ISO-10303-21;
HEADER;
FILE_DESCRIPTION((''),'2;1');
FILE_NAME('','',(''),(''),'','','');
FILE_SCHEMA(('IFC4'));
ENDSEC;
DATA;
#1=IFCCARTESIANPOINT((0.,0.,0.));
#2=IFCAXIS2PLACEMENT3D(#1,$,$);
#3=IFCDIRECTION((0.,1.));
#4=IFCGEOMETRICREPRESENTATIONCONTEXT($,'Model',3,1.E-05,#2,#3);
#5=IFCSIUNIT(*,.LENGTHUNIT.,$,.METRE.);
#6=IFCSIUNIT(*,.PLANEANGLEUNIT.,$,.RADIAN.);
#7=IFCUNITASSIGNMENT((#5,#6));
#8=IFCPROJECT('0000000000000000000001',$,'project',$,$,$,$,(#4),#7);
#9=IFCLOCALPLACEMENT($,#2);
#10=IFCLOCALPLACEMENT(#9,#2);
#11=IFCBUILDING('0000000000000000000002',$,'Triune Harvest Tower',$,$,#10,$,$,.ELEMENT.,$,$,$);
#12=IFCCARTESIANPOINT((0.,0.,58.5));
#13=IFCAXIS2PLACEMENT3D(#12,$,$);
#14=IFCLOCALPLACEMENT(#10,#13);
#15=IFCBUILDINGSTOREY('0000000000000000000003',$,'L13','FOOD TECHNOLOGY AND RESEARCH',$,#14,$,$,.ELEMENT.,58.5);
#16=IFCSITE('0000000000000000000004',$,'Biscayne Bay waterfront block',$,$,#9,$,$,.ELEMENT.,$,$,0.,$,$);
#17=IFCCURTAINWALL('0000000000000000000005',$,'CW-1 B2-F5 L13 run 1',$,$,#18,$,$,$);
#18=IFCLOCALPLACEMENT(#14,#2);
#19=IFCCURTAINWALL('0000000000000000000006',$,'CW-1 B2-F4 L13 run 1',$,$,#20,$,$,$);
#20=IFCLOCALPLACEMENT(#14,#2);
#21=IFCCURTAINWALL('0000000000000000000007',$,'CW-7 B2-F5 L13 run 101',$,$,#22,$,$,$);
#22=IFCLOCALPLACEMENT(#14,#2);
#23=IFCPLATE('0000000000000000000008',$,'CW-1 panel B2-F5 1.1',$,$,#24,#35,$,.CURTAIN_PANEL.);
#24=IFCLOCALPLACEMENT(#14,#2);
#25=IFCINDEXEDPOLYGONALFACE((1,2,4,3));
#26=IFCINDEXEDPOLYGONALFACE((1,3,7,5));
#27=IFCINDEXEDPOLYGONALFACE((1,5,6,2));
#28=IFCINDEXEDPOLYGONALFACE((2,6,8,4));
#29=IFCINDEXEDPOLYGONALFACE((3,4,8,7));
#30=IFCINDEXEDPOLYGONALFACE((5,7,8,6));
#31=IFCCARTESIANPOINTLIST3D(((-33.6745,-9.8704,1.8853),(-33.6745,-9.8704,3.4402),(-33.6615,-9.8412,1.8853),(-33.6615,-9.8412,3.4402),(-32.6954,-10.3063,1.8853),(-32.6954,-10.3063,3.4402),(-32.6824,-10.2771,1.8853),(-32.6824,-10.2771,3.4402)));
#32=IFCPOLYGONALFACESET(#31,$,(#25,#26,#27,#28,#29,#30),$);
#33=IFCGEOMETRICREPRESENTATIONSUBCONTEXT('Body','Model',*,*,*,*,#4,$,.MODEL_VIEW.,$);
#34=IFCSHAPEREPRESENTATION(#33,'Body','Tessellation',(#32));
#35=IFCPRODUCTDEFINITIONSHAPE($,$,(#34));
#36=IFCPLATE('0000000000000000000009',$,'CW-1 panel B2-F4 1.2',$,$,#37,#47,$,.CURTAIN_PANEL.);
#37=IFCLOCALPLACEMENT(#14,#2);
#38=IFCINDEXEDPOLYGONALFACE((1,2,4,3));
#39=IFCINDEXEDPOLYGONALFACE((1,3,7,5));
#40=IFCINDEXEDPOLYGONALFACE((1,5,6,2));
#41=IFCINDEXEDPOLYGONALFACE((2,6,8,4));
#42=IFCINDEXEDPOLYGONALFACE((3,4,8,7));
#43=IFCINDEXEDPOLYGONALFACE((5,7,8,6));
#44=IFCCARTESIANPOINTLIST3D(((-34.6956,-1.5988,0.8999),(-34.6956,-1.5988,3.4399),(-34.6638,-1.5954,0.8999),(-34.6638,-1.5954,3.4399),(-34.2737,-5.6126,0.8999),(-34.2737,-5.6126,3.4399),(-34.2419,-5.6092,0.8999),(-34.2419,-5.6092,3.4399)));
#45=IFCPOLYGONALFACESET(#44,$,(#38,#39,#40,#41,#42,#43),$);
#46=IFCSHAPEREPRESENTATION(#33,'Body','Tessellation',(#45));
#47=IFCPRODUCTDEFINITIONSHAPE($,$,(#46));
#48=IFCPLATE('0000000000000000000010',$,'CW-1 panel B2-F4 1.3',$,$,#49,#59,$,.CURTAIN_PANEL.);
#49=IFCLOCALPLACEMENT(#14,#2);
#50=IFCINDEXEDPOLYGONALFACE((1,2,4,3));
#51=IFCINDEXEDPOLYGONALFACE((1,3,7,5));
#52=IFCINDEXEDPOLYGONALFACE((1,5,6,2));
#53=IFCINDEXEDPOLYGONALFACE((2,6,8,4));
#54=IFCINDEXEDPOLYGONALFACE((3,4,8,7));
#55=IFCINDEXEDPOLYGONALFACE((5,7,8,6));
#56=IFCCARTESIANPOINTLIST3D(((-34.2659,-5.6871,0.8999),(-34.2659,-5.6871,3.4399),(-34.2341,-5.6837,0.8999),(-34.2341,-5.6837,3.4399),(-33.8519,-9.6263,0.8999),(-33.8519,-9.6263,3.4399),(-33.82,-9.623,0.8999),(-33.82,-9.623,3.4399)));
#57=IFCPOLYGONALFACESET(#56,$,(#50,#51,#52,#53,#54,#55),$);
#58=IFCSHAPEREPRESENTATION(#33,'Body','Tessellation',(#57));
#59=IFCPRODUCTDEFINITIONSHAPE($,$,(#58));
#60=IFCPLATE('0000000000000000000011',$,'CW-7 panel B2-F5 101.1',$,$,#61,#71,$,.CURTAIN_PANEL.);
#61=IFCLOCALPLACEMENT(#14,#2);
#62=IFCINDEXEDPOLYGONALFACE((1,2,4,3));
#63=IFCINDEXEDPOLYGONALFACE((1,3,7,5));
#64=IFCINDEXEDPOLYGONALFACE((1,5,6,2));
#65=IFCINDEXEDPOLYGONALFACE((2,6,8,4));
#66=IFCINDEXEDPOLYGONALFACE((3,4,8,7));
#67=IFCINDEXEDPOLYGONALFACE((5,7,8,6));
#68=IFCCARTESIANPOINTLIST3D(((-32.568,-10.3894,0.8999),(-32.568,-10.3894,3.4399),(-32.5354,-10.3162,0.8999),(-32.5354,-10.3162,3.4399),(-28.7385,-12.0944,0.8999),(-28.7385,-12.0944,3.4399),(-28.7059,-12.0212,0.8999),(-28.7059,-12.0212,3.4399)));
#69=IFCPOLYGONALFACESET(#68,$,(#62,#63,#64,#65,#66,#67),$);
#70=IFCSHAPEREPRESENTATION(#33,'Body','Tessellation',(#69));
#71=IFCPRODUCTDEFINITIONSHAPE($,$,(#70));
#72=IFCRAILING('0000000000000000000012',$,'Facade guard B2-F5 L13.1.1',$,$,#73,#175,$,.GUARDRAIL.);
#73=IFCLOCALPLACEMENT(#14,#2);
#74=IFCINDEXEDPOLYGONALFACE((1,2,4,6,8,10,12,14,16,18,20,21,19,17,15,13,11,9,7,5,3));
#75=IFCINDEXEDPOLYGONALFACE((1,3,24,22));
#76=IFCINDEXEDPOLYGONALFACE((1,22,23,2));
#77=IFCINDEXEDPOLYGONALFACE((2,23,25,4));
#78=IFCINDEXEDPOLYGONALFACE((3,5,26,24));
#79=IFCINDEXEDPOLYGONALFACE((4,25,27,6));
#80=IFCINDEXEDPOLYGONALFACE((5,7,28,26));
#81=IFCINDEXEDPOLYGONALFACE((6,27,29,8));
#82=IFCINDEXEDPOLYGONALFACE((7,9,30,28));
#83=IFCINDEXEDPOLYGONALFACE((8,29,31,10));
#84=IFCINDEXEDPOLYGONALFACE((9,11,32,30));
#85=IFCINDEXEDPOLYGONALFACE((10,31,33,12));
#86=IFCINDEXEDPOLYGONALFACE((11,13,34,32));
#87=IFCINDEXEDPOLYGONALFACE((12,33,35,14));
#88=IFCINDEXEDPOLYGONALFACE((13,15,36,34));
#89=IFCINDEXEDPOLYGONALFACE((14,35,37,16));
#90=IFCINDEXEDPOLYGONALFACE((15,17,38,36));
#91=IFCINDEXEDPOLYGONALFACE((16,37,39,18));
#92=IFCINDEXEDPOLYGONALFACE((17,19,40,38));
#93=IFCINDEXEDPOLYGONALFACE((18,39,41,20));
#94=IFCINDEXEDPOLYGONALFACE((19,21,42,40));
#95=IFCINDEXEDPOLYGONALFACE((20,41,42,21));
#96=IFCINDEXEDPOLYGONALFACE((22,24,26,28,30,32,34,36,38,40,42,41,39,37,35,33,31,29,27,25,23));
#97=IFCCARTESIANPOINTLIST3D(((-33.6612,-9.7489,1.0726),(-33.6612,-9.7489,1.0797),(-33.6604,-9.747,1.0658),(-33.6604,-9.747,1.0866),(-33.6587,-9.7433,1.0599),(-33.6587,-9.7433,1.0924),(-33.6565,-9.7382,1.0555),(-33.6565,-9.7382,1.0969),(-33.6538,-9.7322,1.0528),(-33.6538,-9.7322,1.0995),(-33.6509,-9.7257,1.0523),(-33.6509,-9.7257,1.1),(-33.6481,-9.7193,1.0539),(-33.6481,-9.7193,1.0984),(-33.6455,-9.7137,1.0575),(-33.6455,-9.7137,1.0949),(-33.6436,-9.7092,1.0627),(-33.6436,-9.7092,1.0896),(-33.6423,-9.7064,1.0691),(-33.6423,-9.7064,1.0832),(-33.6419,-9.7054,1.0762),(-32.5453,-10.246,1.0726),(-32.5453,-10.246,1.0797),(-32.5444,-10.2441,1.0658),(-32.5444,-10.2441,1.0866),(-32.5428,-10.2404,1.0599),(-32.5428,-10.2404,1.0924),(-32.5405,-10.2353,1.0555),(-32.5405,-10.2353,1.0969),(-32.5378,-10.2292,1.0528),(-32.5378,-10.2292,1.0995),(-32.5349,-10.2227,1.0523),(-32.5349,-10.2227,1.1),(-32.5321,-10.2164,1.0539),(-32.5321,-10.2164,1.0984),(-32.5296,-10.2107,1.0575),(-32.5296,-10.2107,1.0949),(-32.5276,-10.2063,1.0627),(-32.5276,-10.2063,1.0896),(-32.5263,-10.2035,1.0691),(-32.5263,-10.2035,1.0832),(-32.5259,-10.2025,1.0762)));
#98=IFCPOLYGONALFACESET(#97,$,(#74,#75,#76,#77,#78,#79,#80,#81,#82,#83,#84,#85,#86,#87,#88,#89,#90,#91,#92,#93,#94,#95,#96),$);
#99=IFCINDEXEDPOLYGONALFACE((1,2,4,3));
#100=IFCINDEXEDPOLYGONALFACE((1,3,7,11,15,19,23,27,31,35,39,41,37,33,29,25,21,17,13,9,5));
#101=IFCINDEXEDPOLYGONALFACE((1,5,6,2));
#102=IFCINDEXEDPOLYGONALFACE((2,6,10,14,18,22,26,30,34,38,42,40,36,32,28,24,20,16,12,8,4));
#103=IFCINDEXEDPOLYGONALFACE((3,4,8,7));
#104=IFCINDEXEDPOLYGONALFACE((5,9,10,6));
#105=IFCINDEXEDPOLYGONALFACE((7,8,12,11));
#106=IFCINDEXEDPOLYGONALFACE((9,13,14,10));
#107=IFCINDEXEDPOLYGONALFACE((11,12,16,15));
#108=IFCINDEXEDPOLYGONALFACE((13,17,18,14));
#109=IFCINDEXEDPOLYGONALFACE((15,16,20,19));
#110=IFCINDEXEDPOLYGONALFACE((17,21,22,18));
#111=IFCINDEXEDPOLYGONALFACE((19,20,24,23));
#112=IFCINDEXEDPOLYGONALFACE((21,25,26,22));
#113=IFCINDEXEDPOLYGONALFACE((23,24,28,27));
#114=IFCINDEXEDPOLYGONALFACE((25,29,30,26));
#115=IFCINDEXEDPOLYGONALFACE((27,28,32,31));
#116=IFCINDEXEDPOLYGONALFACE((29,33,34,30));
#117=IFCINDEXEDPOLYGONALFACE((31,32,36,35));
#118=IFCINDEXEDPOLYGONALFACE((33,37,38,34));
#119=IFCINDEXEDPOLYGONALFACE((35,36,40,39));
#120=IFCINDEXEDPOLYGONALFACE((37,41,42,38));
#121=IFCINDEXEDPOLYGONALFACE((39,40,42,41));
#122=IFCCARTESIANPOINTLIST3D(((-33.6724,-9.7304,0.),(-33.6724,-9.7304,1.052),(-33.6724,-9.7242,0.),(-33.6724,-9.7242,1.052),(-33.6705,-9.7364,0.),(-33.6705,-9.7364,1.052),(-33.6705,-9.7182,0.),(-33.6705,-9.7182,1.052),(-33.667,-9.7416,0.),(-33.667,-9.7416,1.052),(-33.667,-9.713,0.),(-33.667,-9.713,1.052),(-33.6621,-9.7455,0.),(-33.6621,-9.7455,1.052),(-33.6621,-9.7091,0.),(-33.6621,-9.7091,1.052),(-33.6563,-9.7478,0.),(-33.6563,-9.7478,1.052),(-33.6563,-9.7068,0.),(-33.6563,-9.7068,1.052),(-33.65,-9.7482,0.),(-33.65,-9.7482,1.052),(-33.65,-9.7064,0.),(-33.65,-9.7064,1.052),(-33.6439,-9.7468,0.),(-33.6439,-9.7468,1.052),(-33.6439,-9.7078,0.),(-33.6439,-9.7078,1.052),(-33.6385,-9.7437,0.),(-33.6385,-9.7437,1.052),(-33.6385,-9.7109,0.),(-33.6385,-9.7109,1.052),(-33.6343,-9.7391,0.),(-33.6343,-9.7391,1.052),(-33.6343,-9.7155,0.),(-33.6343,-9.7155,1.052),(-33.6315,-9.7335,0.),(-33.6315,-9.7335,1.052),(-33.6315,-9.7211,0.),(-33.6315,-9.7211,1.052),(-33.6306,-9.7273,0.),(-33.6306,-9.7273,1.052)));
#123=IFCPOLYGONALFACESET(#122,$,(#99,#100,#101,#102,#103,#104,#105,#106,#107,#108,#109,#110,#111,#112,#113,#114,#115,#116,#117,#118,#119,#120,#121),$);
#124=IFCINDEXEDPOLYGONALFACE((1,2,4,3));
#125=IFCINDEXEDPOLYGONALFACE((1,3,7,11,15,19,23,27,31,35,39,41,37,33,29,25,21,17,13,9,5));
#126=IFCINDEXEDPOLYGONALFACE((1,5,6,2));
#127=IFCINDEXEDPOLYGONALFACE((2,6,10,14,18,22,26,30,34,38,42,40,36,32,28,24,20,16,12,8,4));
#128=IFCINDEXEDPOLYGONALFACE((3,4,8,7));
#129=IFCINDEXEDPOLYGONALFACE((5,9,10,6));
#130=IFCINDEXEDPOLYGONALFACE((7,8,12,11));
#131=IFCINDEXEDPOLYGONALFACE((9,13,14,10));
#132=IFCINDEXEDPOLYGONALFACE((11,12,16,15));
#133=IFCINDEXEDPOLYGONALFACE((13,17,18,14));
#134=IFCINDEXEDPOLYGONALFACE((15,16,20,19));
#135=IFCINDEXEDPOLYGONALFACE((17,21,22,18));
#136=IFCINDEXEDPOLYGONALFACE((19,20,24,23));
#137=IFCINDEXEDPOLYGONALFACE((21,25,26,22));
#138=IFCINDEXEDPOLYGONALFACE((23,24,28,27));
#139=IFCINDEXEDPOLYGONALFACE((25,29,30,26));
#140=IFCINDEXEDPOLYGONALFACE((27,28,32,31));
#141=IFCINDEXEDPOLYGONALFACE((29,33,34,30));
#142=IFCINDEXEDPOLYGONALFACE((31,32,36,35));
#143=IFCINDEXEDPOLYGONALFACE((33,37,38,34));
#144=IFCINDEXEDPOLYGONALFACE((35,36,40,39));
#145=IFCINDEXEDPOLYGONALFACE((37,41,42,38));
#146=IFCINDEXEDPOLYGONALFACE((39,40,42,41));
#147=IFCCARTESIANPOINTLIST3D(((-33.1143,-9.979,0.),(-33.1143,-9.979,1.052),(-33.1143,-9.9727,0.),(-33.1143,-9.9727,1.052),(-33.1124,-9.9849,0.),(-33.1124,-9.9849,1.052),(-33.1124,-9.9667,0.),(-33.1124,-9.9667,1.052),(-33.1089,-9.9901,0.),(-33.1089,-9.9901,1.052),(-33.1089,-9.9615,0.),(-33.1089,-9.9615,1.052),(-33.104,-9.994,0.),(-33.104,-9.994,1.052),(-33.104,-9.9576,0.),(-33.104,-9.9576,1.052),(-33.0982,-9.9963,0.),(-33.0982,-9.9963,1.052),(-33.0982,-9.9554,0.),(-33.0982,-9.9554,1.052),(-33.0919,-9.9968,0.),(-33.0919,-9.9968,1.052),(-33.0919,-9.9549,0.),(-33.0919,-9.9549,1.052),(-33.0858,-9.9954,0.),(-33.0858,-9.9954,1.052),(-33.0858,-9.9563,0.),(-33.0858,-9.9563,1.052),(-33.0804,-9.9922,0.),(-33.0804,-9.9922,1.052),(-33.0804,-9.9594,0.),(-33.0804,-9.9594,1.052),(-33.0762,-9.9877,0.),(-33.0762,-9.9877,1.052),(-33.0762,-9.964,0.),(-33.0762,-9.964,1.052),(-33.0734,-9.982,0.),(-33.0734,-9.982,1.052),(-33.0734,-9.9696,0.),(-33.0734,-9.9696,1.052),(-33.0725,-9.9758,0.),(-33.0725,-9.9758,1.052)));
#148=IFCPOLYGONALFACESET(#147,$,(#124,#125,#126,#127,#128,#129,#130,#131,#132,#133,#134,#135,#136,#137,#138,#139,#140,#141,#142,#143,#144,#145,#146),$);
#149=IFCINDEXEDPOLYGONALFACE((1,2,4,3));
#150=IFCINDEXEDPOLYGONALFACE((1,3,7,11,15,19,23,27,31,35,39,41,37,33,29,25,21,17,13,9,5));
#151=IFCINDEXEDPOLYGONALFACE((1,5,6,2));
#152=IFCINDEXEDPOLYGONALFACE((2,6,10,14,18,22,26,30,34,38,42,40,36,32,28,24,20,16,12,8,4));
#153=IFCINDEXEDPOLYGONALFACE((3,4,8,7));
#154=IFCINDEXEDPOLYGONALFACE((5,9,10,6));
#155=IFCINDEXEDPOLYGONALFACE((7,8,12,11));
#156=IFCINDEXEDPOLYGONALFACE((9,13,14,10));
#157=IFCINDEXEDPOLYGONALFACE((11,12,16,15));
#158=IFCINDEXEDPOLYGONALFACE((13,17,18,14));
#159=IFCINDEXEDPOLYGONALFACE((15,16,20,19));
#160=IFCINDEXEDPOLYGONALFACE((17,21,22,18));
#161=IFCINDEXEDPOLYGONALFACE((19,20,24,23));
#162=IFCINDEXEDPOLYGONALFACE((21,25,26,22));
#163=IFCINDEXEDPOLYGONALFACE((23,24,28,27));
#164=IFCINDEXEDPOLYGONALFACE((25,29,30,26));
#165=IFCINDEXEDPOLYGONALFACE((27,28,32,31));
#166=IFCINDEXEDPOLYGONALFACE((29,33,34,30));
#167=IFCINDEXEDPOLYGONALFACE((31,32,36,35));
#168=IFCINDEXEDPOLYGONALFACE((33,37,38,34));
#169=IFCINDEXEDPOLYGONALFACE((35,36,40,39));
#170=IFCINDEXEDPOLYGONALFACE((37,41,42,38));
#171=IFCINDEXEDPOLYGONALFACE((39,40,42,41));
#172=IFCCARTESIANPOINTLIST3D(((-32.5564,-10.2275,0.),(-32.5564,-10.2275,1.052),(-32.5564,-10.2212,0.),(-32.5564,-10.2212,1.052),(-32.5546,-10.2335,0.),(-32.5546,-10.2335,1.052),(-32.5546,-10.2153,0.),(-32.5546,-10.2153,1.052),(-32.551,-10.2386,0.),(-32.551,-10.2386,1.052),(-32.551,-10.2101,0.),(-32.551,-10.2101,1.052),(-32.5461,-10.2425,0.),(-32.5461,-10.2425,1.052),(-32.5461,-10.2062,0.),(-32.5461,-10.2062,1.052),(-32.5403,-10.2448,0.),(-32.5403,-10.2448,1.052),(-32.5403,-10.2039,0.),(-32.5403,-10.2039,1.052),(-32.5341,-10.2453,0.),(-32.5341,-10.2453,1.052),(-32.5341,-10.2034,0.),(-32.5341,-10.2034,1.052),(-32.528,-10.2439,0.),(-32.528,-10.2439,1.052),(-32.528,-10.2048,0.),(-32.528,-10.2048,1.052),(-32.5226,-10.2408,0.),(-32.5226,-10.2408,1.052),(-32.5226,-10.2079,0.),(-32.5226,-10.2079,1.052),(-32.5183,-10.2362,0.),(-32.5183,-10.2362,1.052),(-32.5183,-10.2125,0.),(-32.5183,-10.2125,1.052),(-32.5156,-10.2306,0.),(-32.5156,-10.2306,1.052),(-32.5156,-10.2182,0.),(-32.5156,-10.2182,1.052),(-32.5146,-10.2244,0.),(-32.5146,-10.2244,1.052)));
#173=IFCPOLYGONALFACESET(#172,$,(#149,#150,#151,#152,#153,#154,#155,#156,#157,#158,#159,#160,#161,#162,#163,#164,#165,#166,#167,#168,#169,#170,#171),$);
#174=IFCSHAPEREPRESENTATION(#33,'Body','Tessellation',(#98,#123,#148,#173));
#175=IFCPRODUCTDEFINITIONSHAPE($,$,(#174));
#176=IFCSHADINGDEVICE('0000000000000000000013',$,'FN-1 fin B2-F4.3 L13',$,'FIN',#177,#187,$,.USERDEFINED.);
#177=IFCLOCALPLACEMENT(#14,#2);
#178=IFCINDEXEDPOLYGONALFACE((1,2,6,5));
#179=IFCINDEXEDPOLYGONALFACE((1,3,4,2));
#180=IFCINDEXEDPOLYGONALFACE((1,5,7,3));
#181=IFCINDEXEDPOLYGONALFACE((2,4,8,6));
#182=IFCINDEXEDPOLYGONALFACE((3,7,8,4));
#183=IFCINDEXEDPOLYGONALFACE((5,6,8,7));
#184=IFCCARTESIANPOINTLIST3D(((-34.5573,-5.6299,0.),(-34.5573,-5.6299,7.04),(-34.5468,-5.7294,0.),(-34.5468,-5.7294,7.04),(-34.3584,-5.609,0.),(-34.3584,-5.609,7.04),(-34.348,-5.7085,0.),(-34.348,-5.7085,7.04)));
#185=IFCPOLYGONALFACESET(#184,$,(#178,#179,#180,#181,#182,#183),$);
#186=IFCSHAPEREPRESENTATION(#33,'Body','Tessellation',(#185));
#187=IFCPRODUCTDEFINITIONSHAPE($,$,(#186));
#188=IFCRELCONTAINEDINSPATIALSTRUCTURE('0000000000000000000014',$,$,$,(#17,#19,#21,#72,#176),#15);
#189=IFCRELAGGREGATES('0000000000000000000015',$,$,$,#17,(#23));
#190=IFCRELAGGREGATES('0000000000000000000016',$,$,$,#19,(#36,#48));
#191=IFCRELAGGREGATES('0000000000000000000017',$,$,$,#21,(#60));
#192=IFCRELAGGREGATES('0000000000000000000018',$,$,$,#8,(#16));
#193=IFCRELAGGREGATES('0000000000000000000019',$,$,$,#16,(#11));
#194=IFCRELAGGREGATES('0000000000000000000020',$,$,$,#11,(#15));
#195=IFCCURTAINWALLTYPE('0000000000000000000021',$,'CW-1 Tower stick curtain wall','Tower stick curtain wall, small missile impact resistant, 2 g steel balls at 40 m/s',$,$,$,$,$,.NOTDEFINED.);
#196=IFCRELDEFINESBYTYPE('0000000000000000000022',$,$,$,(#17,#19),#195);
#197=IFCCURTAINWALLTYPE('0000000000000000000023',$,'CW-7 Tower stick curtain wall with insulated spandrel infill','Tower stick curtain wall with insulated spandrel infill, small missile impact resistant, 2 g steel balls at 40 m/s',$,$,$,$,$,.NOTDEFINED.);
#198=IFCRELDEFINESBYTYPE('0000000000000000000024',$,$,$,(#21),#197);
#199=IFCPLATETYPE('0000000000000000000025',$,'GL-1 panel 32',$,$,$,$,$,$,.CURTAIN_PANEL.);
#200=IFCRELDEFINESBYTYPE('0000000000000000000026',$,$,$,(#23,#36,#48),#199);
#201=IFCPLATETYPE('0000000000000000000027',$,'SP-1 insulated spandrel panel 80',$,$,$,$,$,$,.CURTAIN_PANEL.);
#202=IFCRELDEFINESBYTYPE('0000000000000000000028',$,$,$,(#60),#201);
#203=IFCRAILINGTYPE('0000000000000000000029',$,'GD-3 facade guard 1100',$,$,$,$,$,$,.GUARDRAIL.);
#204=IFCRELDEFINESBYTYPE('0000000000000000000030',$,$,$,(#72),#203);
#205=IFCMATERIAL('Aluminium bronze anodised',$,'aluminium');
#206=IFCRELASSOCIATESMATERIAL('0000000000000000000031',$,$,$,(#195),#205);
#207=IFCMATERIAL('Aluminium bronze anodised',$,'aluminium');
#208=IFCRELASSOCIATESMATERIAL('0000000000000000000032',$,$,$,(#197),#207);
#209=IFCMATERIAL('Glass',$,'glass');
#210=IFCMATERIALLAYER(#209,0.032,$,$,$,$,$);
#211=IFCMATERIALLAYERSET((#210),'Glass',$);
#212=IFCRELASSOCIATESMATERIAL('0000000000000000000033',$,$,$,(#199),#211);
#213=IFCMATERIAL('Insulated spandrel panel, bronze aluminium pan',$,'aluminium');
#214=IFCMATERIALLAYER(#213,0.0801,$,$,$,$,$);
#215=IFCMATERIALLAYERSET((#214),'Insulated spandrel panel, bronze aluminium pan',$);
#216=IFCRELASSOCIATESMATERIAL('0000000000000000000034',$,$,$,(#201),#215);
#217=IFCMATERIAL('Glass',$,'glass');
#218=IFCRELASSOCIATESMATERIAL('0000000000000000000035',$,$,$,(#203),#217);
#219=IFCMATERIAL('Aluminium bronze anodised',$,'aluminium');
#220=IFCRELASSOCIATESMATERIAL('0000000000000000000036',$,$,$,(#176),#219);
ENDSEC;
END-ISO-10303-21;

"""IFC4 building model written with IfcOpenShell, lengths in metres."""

from ifc_helpers import new_model, si_unit, direction, frame, origin, origin_2d, place, context, subcontext, project, spatial, rectangle, circle, extrude, source, transform, mapped, material, layer, layer_set, type_object, element, aggregate, save


model = new_model("IFC4")

# Units and contexts
model_context = context("Model", 3, precision=1e-05, world=origin(), true_north=direction((0.0, 1.0)))
body_context = subcontext(model_context, "Body", "Model", "MODEL_VIEW")
ifc_project = project(units=[si_unit("LENGTHUNIT", "METRE"), si_unit("PLANEANGLEUNIT", "RADIAN")], contexts=[model_context])

# Site, building, storey
site_placement = place(None, origin())
site = spatial("IfcSite", under=ifc_project, at=site_placement, Name="Biscayne Bay waterfront block", CompositionType="ELEMENT", RefElevation=0.0)
building_placement = place(site_placement, origin())
building = spatial("IfcBuilding", under=site, at=building_placement, Name="Triune Harvest Tower", CompositionType="ELEMENT")
storey_placement = place(building_placement, frame((0.0, 0.0, 58.5)))
storey = spatial("IfcBuildingStorey", under=building, at=storey_placement, Name="L13", Description="FOOD TECHNOLOGY AND RESEARCH", CompositionType="ELEMENT", Elevation=58.5)

# Curtain walls
ifc_material_1 = material(Name="Aluminium bronze anodised", Category="aluminium")
curtain_wall_type_1 = type_object("IfcCurtainWallType", Name="CW-1 Tower stick curtain wall", Description="Tower stick curtain wall, small missile impact resistant, 2 g steel balls at 40 m/s", PredefinedType="NOTDEFINED", material=ifc_material_1)
curtain_wall_1_placement = place(storey_placement, origin())
curtain_wall_1 = element("IfcCurtainWall", 1, at=curtain_wall_1_placement, inside=storey, type_object=curtain_wall_type_1, Name="CW-1 B2-F5 L13 run 1")
curtain_wall_2_placement = place(storey_placement, origin())
curtain_wall_2 = element("IfcCurtainWall", 2, at=curtain_wall_2_placement, inside=storey, type_object=curtain_wall_type_1, Name="CW-1 B2-F4 L13 run 1")

# Curtain wall
ifc_material_2 = material(Name="Aluminium bronze anodised", Category="aluminium")
curtain_wall_type_2 = type_object("IfcCurtainWallType", Name="CW-7 Tower stick curtain wall with insulated spandrel infill", Description="Tower stick curtain wall with insulated spandrel infill, small missile impact resistant, 2 g steel balls at 40 m/s", PredefinedType="NOTDEFINED", material=ifc_material_2)
curtain_wall_3_placement = place(storey_placement, origin())
curtain_wall_3 = element("IfcCurtainWall", 3, at=curtain_wall_3_placement, inside=storey, type_object=curtain_wall_type_2, Name="CW-7 B2-F5 L13 run 101")

# Plates
ifc_material_3 = material(Name="Glass", Category="glass")
ifc_layer_1 = layer(ifc_material_3, 0.032)
ifc_layer_set_1 = layer_set([ifc_layer_1], Name="Glass")
plate_type_1 = type_object("IfcPlateType", Name="GL-1 panel 32", PredefinedType="CURTAIN_PANEL", material=ifc_layer_set_1)
shared_shape_1 = source(origin(), body_context, "Body", "SweptSolid", [
    extrude(rectangle(XDim=1.0718, YDim=0.032, at=origin_2d()), origin(), (0.0, 0.0, 1.0), 1.5549),
])
plate_1_placement = place(storey_placement, frame((-33.1785, -10.0737, 1.8853), z_axis=(0.0, 0.0, 1.0), x_axis=(0.913551, -0.406723, 0.0)))
plate_1 = element("IfcPlate", 4, at=plate_1_placement, type_object=plate_type_1, Name="CW-1 panel B2-F5 1.1", PredefinedType="CURTAIN_PANEL", context=body_context, shape_type="MappedRepresentation", body=[
    mapped(shared_shape_1, transform((0.0, 0.0, 0.0), scale=1.0)),
])
aggregate(curtain_wall_1, [plate_1])
shared_shape_2 = source(origin(), body_context, "Body", "SweptSolid", [
    extrude(rectangle(XDim=4.0359, YDim=0.032, at=origin_2d()), origin(), (0.0, 0.0, 1.0), 2.54),
])
plate_2_placement = place(storey_placement, frame((-34.4688, -3.604, 0.8999), z_axis=(0.0, 0.0, 1.0), x_axis=(0.104529, -0.994522, 0.0)))
plate_2 = element("IfcPlate", 5, at=plate_2_placement, type_object=plate_type_1, Name="CW-1 panel B2-F4 1.2", PredefinedType="CURTAIN_PANEL", context=body_context, shape_type="MappedRepresentation", body=[
    mapped(shared_shape_2, transform((0.0, 0.0, 0.0), scale=1.0)),
])
shared_shape_3 = source(origin(), body_context, "Body", "SweptSolid", [
    extrude(rectangle(XDim=3.9609, YDim=0.032, at=origin_2d()), origin(), (0.0, 0.0, 1.0), 2.54),
])
plate_3_placement = place(storey_placement, frame((-34.043, -7.655, 0.8999), z_axis=(0.0, 0.0, 1.0), x_axis=(0.104529, -0.994522, 0.0)))
plate_3 = element("IfcPlate", 6, at=plate_3_placement, type_object=plate_type_1, Name="CW-1 panel B2-F4 1.3", PredefinedType="CURTAIN_PANEL", context=body_context, shape_type="MappedRepresentation", body=[
    mapped(shared_shape_3, transform((0.0, 0.0, 0.0), scale=1.0)),
])
aggregate(curtain_wall_2, [plate_2, plate_3])
ifc_material_4 = material(Name="Insulated spandrel panel, bronze aluminium pan", Category="aluminium")
ifc_layer_2 = layer(ifc_material_4, 0.0801)
ifc_layer_set_2 = layer_set([ifc_layer_2], Name="Insulated spandrel panel, bronze aluminium pan")
plate_type_2 = type_object("IfcPlateType", Name="SP-1 insulated spandrel panel 80", PredefinedType="CURTAIN_PANEL", material=ifc_layer_set_2)
shared_shape_4 = source(origin(), body_context, "Body", "SweptSolid", [
    extrude(rectangle(XDim=4.1919, YDim=0.0801, at=origin_2d()), origin(), (0.0, 0.0, 1.0), 2.54),
])
plate_4_placement = place(storey_placement, frame((-30.637, -11.2053, 0.8999), z_axis=(0.0, 0.0, 1.0), x_axis=(0.913545, -0.406737, 0.0)))
plate_4 = element("IfcPlate", 7, at=plate_4_placement, type_object=plate_type_2, Name="CW-7 panel B2-F5 101.1", PredefinedType="CURTAIN_PANEL", context=body_context, shape_type="MappedRepresentation", body=[
    mapped(shared_shape_4, transform((0.0, 0.0, 0.0), scale=1.0)),
])
aggregate(curtain_wall_3, [plate_4])

# Railing
ifc_material_5 = material(Name="Glass", Category="glass")
railing_type = type_object("IfcRailingType", Name="GD-3 facade guard 1100", PredefinedType="GUARDRAIL", material=ifc_material_5)
railing_placement = place(storey_placement, frame((-33.6516, -9.7273, 0.0)))
element("IfcRailing", 8, at=railing_placement, inside=storey, type_object=railing_type, Name="Facade guard B2-F5 L13.1.1", PredefinedType="GUARDRAIL", context=body_context, shape_type="SweptSolid", body=[
    extrude(circle(Radius=0.0239, at=origin_2d()), frame((0.0, 0.0, 1.0762), z_axis=(0.913482, -0.40688, 0.0), x_axis=(0.40688, 0.913482, 0.0)), (0.0, 0.0, 1.0), 1.2217),
    extrude(circle(Radius=0.021, at=origin_2d()), origin(), (0.0, 0.0, 1.0), 1.052),
    extrude(circle(Radius=0.021, at=origin_2d()), frame((0.5581, -0.2485, 0.0)), (0.0, 0.0, 1.0), 1.052),
    extrude(circle(Radius=0.021, at=origin_2d()), frame((1.116, -0.4971, 0.0)), (0.0, 0.0, 1.0), 1.052),
])

# Shading device
ifc_material_6 = material(Name="Aluminium bronze anodised", Category="aluminium")
shared_shape_5 = source(origin(), body_context, "Body", "SweptSolid", [
    extrude(rectangle(XDim=0.1001, YDim=0.2, at=origin_2d()), origin(), (0.0, 0.0, 1.0), 7.04),
])
shading_device_placement = place(storey_placement, frame((-34.4526, -5.6692, 0.0), z_axis=(0.0, 0.0, 1.0), x_axis=(0.104529, -0.994522, 0.0)))
element("IfcShadingDevice", 9, at=shading_device_placement, inside=storey, material=ifc_material_6, Name="FN-1 fin B2-F4.3 L13", ObjectType="FIN", PredefinedType="USERDEFINED", context=body_context, shape_type="MappedRepresentation", body=[
    mapped(shared_shape_5, transform((0.0, 0.0, 0.0), scale=1.0)),
])

save(model, "model.ifc")
